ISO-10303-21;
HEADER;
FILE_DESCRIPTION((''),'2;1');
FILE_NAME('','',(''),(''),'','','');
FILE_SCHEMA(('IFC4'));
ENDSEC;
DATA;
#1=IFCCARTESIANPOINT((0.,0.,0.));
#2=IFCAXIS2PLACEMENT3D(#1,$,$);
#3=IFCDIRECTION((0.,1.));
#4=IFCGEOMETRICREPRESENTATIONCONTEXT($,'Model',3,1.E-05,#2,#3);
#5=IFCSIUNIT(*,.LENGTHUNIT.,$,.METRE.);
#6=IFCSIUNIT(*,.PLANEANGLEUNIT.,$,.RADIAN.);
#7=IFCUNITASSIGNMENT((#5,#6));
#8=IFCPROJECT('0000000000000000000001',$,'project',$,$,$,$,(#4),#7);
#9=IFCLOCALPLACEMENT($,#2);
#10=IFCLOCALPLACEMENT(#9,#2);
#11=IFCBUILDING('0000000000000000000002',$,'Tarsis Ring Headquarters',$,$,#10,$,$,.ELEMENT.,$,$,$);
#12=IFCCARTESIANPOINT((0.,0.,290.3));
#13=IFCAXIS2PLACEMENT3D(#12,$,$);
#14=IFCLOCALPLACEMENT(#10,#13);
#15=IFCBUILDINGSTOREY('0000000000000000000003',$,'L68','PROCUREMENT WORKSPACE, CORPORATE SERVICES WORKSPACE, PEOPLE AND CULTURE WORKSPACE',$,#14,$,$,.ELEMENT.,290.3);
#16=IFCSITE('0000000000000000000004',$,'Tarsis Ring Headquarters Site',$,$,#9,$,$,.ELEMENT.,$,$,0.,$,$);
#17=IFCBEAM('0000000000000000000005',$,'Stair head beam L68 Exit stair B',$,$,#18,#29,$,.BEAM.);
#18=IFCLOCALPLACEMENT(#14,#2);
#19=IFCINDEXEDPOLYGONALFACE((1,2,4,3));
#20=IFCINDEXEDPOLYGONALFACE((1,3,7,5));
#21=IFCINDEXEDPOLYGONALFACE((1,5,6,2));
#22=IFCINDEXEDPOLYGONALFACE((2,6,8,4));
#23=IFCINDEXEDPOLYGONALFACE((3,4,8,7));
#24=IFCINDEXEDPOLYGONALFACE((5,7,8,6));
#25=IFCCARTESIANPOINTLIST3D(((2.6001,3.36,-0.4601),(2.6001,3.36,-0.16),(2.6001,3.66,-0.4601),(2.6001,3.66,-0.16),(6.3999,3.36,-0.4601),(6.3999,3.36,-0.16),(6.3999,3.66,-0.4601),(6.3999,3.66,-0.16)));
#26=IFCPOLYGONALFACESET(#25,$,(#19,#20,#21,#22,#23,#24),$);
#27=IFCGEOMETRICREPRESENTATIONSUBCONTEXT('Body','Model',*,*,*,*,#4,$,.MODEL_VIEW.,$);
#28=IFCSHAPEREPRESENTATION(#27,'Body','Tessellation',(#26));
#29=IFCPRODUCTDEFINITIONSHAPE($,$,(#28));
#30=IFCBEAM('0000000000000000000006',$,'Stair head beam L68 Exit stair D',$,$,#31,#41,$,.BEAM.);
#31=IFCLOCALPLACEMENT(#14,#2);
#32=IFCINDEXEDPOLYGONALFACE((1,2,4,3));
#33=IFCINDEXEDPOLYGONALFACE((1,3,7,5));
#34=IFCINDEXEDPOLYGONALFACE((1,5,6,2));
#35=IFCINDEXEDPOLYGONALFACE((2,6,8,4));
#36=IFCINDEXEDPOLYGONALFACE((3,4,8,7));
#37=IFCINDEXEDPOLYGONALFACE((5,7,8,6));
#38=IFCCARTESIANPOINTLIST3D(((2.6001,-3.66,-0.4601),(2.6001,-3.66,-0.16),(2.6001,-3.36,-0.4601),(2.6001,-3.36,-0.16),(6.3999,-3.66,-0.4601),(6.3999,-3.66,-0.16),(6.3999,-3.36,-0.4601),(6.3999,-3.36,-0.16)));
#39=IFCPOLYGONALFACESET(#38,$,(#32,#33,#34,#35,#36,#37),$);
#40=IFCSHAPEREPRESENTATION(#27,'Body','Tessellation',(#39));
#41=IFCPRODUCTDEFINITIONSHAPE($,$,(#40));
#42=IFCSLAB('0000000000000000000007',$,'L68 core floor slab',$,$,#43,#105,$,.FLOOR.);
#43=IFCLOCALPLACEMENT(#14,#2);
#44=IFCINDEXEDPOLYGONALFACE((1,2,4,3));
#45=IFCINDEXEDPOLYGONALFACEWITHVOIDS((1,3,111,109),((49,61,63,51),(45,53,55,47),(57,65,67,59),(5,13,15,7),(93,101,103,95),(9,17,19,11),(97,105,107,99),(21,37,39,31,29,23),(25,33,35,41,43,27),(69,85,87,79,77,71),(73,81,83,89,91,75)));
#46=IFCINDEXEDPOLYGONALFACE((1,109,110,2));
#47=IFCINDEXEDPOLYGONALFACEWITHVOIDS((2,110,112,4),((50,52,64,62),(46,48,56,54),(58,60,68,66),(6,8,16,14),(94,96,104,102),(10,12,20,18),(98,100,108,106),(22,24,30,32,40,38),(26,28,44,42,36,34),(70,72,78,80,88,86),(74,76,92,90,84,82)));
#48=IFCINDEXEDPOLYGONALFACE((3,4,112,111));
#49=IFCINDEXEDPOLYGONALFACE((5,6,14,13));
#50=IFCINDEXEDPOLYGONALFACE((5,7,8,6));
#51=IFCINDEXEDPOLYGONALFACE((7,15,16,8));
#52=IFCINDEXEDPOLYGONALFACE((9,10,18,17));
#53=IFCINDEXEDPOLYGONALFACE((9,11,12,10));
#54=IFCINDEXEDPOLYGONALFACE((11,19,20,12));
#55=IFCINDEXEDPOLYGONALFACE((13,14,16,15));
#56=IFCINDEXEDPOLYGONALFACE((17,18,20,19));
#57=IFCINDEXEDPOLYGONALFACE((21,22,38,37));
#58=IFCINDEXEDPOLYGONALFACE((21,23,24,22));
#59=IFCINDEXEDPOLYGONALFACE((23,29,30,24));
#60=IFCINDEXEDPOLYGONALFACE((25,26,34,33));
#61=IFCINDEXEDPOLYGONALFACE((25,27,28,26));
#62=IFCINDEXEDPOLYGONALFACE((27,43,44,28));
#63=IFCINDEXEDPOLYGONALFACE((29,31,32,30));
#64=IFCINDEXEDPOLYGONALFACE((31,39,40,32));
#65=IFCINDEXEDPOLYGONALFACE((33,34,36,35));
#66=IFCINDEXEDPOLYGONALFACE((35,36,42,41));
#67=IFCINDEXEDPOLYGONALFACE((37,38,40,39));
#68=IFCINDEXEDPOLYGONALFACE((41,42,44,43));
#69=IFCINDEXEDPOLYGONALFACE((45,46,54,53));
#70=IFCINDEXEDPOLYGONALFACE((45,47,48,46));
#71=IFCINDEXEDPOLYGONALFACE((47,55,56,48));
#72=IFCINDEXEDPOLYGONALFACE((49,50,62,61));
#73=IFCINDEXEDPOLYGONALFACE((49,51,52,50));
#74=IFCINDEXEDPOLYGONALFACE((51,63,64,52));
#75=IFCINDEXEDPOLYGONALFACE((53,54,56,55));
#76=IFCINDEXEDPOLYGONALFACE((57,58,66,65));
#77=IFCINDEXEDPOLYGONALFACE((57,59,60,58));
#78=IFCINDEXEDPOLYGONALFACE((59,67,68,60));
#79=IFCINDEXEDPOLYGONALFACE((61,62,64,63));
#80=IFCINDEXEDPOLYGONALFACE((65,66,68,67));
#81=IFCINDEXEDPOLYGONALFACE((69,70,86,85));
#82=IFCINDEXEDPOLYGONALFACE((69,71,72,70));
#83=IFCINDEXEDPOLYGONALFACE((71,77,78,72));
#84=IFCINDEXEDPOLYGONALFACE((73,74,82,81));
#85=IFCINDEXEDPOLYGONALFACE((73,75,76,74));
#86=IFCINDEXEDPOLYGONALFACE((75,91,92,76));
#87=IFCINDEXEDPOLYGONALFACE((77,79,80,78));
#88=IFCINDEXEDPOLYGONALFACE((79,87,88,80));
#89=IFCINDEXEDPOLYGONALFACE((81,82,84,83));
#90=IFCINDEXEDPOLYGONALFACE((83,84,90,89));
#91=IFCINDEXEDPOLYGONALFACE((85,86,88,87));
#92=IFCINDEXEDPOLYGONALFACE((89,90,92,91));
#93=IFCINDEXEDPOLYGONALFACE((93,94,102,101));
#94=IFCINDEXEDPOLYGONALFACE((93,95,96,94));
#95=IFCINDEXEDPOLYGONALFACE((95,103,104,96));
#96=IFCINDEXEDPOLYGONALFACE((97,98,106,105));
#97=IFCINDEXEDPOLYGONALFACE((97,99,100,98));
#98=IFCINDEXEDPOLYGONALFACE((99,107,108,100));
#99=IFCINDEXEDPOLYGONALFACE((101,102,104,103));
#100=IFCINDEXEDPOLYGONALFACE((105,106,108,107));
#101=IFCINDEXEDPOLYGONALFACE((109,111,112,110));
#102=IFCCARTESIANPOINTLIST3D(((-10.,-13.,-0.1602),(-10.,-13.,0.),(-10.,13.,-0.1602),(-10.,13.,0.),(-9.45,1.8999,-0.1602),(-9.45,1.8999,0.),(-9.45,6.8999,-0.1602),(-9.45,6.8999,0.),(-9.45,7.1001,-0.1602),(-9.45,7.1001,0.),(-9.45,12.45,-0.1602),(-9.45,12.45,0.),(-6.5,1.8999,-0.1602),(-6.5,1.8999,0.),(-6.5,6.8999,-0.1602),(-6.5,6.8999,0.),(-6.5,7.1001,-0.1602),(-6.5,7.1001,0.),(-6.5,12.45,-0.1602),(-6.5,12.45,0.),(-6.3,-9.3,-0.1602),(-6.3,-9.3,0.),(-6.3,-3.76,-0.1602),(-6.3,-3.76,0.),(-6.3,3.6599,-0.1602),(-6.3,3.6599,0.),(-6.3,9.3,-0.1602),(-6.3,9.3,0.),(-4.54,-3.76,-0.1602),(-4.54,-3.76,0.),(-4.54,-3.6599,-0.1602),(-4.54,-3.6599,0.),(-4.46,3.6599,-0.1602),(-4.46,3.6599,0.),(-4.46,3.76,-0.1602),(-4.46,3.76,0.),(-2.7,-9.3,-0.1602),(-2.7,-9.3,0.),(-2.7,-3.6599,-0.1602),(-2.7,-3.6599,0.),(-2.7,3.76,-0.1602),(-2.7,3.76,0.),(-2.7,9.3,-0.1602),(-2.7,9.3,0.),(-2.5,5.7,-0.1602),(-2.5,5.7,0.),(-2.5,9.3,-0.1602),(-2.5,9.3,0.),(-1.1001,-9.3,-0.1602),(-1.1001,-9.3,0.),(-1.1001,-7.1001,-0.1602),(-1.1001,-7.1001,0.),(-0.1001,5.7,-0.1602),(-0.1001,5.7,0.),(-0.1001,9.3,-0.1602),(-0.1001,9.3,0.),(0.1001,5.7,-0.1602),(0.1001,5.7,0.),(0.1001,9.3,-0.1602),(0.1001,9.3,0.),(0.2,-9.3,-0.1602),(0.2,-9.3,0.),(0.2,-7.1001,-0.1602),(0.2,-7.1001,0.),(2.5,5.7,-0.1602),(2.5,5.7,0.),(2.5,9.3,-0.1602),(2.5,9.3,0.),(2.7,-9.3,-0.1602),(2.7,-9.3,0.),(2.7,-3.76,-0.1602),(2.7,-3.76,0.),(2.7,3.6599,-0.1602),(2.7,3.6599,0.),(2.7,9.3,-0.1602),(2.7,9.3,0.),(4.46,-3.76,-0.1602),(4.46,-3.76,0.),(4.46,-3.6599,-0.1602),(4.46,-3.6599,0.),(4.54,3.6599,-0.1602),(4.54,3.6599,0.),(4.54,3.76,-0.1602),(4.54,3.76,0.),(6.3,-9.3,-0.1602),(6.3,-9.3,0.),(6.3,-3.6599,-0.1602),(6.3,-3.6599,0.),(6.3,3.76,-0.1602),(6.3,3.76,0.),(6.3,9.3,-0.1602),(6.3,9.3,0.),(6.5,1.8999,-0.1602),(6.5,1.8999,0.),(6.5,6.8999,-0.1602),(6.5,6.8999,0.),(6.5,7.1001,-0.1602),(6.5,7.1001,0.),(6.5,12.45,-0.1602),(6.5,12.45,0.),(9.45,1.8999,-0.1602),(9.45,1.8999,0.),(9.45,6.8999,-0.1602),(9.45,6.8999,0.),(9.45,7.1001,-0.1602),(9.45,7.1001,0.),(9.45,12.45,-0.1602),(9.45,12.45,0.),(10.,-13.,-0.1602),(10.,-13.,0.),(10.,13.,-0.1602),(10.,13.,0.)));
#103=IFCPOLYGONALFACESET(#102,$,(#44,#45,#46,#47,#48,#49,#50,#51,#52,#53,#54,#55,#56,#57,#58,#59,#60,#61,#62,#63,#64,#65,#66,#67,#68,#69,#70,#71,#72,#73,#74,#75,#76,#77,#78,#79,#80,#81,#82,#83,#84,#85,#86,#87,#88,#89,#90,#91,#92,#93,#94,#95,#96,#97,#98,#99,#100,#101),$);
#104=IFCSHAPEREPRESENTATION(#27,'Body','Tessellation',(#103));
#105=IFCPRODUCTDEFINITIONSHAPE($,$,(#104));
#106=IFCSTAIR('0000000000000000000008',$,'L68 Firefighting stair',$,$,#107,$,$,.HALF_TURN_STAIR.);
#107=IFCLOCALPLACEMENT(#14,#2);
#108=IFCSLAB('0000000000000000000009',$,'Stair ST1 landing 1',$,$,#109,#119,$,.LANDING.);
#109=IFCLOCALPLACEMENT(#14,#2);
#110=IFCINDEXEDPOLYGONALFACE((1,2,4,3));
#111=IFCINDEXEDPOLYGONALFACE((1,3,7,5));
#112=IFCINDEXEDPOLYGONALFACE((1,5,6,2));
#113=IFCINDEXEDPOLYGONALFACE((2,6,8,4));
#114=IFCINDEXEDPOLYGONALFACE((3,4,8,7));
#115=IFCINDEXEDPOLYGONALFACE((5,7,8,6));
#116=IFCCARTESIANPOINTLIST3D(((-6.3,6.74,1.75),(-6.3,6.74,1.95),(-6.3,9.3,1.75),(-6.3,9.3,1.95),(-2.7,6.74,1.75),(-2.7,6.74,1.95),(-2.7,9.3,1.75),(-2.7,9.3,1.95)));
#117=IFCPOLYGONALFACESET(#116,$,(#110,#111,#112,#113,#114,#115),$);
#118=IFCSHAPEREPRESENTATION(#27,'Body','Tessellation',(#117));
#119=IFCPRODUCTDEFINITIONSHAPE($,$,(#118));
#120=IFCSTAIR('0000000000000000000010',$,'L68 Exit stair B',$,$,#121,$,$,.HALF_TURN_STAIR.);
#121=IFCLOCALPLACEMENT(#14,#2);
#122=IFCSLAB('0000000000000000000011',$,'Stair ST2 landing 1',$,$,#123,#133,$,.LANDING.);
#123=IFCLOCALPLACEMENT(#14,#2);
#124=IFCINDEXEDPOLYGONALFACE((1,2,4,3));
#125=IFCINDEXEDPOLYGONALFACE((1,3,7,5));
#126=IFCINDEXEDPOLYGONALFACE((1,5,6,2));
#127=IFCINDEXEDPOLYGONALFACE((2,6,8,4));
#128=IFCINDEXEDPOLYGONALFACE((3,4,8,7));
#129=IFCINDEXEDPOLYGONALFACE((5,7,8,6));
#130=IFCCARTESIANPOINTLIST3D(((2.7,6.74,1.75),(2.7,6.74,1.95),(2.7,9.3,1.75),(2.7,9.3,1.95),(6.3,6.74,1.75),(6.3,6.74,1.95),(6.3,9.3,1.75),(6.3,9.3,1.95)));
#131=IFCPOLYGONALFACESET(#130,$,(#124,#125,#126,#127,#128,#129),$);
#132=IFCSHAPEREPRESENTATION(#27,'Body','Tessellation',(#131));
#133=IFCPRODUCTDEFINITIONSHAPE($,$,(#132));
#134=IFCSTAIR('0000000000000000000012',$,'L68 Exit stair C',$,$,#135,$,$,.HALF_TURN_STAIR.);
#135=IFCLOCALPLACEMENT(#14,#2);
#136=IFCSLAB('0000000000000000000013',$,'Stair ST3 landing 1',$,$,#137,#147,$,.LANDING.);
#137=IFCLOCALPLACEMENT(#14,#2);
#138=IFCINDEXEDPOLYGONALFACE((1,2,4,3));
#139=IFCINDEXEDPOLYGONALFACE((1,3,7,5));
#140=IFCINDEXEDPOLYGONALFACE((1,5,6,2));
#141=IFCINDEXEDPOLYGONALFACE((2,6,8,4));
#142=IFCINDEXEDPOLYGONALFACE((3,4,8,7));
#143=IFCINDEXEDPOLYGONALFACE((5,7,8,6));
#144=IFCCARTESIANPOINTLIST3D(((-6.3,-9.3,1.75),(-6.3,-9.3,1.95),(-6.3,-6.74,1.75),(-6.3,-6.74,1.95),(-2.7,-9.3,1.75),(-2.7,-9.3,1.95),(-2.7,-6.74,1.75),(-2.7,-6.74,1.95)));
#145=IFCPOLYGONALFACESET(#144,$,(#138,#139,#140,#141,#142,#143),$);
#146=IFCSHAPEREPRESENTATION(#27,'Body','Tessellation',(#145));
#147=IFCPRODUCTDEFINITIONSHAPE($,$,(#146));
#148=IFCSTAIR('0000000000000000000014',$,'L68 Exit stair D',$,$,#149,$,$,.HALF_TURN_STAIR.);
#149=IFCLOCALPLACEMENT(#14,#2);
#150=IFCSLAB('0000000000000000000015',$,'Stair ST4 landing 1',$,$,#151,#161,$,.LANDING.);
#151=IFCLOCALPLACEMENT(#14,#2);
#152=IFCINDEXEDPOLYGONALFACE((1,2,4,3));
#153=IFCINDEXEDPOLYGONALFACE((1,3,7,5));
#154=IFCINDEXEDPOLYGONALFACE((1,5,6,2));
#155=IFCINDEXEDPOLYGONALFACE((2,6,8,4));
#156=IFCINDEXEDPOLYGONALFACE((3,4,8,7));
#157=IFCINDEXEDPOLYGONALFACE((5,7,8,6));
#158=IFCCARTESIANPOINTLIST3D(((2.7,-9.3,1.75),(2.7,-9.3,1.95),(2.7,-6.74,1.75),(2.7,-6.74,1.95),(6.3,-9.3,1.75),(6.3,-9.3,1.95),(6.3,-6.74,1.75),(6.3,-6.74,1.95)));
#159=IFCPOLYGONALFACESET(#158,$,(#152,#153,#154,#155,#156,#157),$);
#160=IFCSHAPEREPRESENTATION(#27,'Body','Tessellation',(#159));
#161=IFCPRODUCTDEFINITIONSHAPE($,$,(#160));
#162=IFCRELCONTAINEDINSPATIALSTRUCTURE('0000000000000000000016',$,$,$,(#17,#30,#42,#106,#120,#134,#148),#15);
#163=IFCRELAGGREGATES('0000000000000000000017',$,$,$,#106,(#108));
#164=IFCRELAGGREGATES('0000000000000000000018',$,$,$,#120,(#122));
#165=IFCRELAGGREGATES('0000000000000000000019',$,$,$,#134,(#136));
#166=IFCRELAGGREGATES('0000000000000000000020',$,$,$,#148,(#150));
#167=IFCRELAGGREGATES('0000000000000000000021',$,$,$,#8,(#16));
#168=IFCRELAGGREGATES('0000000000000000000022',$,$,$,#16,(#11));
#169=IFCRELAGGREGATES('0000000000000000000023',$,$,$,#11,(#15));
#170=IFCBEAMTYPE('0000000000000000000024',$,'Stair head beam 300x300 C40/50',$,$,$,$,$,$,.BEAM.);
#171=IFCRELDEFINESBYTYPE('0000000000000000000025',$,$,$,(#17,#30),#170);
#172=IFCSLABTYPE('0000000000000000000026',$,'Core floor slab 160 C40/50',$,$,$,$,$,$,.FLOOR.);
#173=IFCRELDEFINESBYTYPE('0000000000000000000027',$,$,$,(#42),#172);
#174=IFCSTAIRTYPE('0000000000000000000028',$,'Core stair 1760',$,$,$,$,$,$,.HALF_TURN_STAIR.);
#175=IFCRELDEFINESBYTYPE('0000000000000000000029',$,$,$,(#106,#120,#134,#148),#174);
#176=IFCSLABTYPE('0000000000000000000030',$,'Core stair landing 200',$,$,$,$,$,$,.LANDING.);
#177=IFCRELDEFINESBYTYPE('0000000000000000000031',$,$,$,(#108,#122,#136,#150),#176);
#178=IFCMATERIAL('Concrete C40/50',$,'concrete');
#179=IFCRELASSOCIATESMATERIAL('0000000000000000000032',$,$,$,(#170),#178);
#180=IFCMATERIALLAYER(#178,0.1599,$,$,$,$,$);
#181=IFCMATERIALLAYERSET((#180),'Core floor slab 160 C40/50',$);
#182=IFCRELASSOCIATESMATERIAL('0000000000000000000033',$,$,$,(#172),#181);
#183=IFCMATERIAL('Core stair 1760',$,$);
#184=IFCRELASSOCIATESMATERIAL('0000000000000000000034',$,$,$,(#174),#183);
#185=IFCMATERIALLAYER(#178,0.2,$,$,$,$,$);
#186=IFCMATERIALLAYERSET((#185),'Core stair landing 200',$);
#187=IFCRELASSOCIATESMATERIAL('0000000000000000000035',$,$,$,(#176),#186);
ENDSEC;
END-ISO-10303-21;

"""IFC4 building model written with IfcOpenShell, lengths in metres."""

from ifc_helpers import new_model, si_unit, direction, frame, origin, origin_2d, place, context, subcontext, project, spatial, polyline, rectangle, outline, extrude, material, layer, layer_set, material_profile, profile_set, type_object, element, aggregate, save


model = new_model("IFC4")

# Units and contexts
model_context = context("Model", 3, precision=1e-05, world=origin(), true_north=direction((0.0, 1.0)))
body_context = subcontext(model_context, "Body", "Model", "MODEL_VIEW")
ifc_project = project(units=[si_unit("LENGTHUNIT", "METRE"), si_unit("PLANEANGLEUNIT", "RADIAN")], contexts=[model_context])

# Site, building, storey
site_placement = place(None, origin())
site = spatial("IfcSite", under=ifc_project, at=site_placement, Name="Tarsis Ring Headquarters Site", CompositionType="ELEMENT", RefElevation=0.0)
building_placement = place(site_placement, origin())
building = spatial("IfcBuilding", under=site, at=building_placement, Name="Tarsis Ring Headquarters", CompositionType="ELEMENT")
storey_placement = place(building_placement, frame((0.0, 0.0, 290.3)))
storey = spatial("IfcBuildingStorey", under=building, at=storey_placement, Name="L68", Description="PROCUREMENT WORKSPACE, CORPORATE SERVICES WORKSPACE, PEOPLE AND CULTURE WORKSPACE", CompositionType="ELEMENT", Elevation=290.3)

# Beams
ifc_material_1 = material(Name="Concrete C40/50", Category="concrete")
ifc_material_profile = material_profile(ifc_material_1, rectangle(XDim=0.3, YDim=0.3, at=origin_2d()), Name="Stair head beam 300x300 C40/50")
ifc_profile_set = profile_set([ifc_material_profile], Name="Concrete C40/50")
beam_type = type_object("IfcBeamType", Name="Stair head beam 300x300 C40/50", PredefinedType="BEAM", material=ifc_profile_set)
for number, where, z_axis, x_axis, name in (
    (1, (2.6001, 3.51, -0.3101), (1.0, 0.0, 0.0), (0.0, 1.0, 0.0), "Stair head beam L68 Exit stair B"),
    (2, (2.6001, -3.51, -0.3101), (1.0, 0.0, 0.0), (0.0, 1.0, 0.0), "Stair head beam L68 Exit stair D"),
):
    element("IfcBeam", number, at=place(storey_placement, frame(where, z_axis=z_axis, x_axis=x_axis)), inside=storey, type_object=beam_type, Name=name, PredefinedType="BEAM", context=body_context, shape_type="SweptSolid", body=[
        extrude(rectangle(XDim=0.3, YDim=0.3, at=origin_2d()), origin(), (0.0, 0.0, 1.0), 3.7998),
    ])

# Slab
ifc_layer_1 = layer(ifc_material_1, 0.1599)
ifc_layer_set_1 = layer_set([ifc_layer_1], Name="Core floor slab 160 C40/50")
slab_type_1 = type_object("IfcSlabType", Name="Core floor slab 160 C40/50", PredefinedType="FLOOR", material=ifc_layer_set_1)
slab_1_placement = place(storey_placement, frame((0.0, 0.0, -0.1602)))
element("IfcSlab", 3, at=slab_1_placement, inside=storey, type_object=slab_type_1, Name="L68 core floor slab", PredefinedType="FLOOR", context=body_context, shape_type="SweptSolid", body=[
    extrude(outline(polyline([(-10.0, -13.0), (10.0, -13.0), (10.0, 13.0), (-10.0, 13.0), (-10.0, -13.0)]), holes=[polyline([(-2.5, 5.7), (-0.1001, 5.7), (-0.1001, 9.3), (-2.5, 9.3), (-2.5, 5.7)]), polyline([(0.1001, 5.7), (2.5, 5.7), (2.5, 9.3), (0.1001, 9.3), (0.1001, 5.7)]), polyline([(-9.45, 1.8999), (-6.5, 1.8999), (-6.5, 6.8999), (-9.45, 6.8999), (-9.45, 1.8999)]), polyline([(-9.45, 7.1001), (-6.5, 7.1001), (-6.5, 12.45), (-9.45, 12.45), (-9.45, 7.1001)]), polyline([(6.5, 1.8999), (9.45, 1.8999), (9.45, 6.8999), (6.5, 6.8999), (6.5, 1.8999)]), polyline([(6.5, 7.1001), (9.45, 7.1001), (9.45, 12.45), (6.5, 12.45), (6.5, 7.1001)]), polyline([(-1.1001, -9.3), (0.2, -9.3), (0.2, -7.1001), (-1.1001, -7.1001), (-1.1001, -9.3)]), polyline([(-2.7, 3.76), (-2.7, 9.3), (-6.3, 9.3), (-6.3, 3.6599), (-4.46, 3.6599), (-4.46, 3.76), (-2.7, 3.76)]), polyline([(6.3, 3.76), (6.3, 9.3), (2.7, 9.3), (2.7, 3.6599), (4.54, 3.6599), (4.54, 3.76), (6.3, 3.76)]), polyline([(-6.3, -3.76), (-6.3, -9.3), (-2.7, -9.3), (-2.7, -3.6599), (-4.54, -3.6599), (-4.54, -3.76), (-6.3, -3.76)]), polyline([(2.7, -3.76), (2.7, -9.3), (6.3, -9.3), (6.3, -3.6599), (4.46, -3.6599), (4.46, -3.76), (2.7, -3.76)])]), origin(), (0.0, 0.0, 1.0), 0.1602),
])

# Stairs, slabs
ifc_material_2 = material(Name="Core stair 1760")
stair_type = type_object("IfcStairType", Name="Core stair 1760", PredefinedType="HALF_TURN_STAIR", material=ifc_material_2)
stair_1_placement = place(storey_placement, origin())
stair_1 = element("IfcStair", 4, at=stair_1_placement, inside=storey, type_object=stair_type, Name="L68 Firefighting stair", PredefinedType="HALF_TURN_STAIR")
ifc_layer_2 = layer(ifc_material_1, 0.2)
ifc_layer_set_2 = layer_set([ifc_layer_2], Name="Core stair landing 200")
slab_type_2 = type_object("IfcSlabType", Name="Core stair landing 200", PredefinedType="LANDING", material=ifc_layer_set_2)
slab_2_placement = place(storey_placement, frame((0.0, 0.0, 1.75)))
slab_2 = element("IfcSlab", 5, at=slab_2_placement, type_object=slab_type_2, Name="Stair ST1 landing 1", PredefinedType="LANDING", context=body_context, shape_type="SweptSolid", body=[
    extrude(outline(polyline([(-2.7, 6.74), (-2.7, 9.3), (-6.3, 9.3), (-6.3, 6.74), (-2.7, 6.74)])), origin(), (0.0, 0.0, 1.0), 0.2),
])
aggregate(stair_1, [slab_2])
stair_2_placement = place(storey_placement, origin())
stair_2 = element("IfcStair", 6, at=stair_2_placement, inside=storey, type_object=stair_type, Name="L68 Exit stair B", PredefinedType="HALF_TURN_STAIR")
slab_3_placement = place(storey_placement, frame((0.0, 0.0, 1.75)))
slab_3 = element("IfcSlab", 7, at=slab_3_placement, type_object=slab_type_2, Name="Stair ST2 landing 1", PredefinedType="LANDING", context=body_context, shape_type="SweptSolid", body=[
    extrude(outline(polyline([(6.3, 6.74), (6.3, 9.3), (2.7, 9.3), (2.7, 6.74), (6.3, 6.74)])), origin(), (0.0, 0.0, 1.0), 0.2),
])
aggregate(stair_2, [slab_3])
stair_3_placement = place(storey_placement, origin())
stair_3 = element("IfcStair", 8, at=stair_3_placement, inside=storey, type_object=stair_type, Name="L68 Exit stair C", PredefinedType="HALF_TURN_STAIR")
slab_4_placement = place(storey_placement, frame((0.0, 0.0, 1.75)))
slab_4 = element("IfcSlab", 9, at=slab_4_placement, type_object=slab_type_2, Name="Stair ST3 landing 1", PredefinedType="LANDING", context=body_context, shape_type="SweptSolid", body=[
    extrude(outline(polyline([(-6.3, -6.74), (-6.3, -9.3), (-2.7, -9.3), (-2.7, -6.74), (-6.3, -6.74)])), origin(), (0.0, 0.0, 1.0), 0.2),
])
aggregate(stair_3, [slab_4])
stair_4_placement = place(storey_placement, origin())
stair_4 = element("IfcStair", 10, at=stair_4_placement, inside=storey, type_object=stair_type, Name="L68 Exit stair D", PredefinedType="HALF_TURN_STAIR")
slab_5_placement = place(storey_placement, frame((0.0, 0.0, 1.75)))
slab_5 = element("IfcSlab", 11, at=slab_5_placement, type_object=slab_type_2, Name="Stair ST4 landing 1", PredefinedType="LANDING", context=body_context, shape_type="SweptSolid", body=[
    extrude(outline(polyline([(2.7, -6.74), (2.7, -9.3), (6.3, -9.3), (6.3, -6.74), (2.7, -6.74)])), origin(), (0.0, 0.0, 1.0), 0.2),
])
aggregate(stair_4, [slab_5])

save(model, "model.ifc")
